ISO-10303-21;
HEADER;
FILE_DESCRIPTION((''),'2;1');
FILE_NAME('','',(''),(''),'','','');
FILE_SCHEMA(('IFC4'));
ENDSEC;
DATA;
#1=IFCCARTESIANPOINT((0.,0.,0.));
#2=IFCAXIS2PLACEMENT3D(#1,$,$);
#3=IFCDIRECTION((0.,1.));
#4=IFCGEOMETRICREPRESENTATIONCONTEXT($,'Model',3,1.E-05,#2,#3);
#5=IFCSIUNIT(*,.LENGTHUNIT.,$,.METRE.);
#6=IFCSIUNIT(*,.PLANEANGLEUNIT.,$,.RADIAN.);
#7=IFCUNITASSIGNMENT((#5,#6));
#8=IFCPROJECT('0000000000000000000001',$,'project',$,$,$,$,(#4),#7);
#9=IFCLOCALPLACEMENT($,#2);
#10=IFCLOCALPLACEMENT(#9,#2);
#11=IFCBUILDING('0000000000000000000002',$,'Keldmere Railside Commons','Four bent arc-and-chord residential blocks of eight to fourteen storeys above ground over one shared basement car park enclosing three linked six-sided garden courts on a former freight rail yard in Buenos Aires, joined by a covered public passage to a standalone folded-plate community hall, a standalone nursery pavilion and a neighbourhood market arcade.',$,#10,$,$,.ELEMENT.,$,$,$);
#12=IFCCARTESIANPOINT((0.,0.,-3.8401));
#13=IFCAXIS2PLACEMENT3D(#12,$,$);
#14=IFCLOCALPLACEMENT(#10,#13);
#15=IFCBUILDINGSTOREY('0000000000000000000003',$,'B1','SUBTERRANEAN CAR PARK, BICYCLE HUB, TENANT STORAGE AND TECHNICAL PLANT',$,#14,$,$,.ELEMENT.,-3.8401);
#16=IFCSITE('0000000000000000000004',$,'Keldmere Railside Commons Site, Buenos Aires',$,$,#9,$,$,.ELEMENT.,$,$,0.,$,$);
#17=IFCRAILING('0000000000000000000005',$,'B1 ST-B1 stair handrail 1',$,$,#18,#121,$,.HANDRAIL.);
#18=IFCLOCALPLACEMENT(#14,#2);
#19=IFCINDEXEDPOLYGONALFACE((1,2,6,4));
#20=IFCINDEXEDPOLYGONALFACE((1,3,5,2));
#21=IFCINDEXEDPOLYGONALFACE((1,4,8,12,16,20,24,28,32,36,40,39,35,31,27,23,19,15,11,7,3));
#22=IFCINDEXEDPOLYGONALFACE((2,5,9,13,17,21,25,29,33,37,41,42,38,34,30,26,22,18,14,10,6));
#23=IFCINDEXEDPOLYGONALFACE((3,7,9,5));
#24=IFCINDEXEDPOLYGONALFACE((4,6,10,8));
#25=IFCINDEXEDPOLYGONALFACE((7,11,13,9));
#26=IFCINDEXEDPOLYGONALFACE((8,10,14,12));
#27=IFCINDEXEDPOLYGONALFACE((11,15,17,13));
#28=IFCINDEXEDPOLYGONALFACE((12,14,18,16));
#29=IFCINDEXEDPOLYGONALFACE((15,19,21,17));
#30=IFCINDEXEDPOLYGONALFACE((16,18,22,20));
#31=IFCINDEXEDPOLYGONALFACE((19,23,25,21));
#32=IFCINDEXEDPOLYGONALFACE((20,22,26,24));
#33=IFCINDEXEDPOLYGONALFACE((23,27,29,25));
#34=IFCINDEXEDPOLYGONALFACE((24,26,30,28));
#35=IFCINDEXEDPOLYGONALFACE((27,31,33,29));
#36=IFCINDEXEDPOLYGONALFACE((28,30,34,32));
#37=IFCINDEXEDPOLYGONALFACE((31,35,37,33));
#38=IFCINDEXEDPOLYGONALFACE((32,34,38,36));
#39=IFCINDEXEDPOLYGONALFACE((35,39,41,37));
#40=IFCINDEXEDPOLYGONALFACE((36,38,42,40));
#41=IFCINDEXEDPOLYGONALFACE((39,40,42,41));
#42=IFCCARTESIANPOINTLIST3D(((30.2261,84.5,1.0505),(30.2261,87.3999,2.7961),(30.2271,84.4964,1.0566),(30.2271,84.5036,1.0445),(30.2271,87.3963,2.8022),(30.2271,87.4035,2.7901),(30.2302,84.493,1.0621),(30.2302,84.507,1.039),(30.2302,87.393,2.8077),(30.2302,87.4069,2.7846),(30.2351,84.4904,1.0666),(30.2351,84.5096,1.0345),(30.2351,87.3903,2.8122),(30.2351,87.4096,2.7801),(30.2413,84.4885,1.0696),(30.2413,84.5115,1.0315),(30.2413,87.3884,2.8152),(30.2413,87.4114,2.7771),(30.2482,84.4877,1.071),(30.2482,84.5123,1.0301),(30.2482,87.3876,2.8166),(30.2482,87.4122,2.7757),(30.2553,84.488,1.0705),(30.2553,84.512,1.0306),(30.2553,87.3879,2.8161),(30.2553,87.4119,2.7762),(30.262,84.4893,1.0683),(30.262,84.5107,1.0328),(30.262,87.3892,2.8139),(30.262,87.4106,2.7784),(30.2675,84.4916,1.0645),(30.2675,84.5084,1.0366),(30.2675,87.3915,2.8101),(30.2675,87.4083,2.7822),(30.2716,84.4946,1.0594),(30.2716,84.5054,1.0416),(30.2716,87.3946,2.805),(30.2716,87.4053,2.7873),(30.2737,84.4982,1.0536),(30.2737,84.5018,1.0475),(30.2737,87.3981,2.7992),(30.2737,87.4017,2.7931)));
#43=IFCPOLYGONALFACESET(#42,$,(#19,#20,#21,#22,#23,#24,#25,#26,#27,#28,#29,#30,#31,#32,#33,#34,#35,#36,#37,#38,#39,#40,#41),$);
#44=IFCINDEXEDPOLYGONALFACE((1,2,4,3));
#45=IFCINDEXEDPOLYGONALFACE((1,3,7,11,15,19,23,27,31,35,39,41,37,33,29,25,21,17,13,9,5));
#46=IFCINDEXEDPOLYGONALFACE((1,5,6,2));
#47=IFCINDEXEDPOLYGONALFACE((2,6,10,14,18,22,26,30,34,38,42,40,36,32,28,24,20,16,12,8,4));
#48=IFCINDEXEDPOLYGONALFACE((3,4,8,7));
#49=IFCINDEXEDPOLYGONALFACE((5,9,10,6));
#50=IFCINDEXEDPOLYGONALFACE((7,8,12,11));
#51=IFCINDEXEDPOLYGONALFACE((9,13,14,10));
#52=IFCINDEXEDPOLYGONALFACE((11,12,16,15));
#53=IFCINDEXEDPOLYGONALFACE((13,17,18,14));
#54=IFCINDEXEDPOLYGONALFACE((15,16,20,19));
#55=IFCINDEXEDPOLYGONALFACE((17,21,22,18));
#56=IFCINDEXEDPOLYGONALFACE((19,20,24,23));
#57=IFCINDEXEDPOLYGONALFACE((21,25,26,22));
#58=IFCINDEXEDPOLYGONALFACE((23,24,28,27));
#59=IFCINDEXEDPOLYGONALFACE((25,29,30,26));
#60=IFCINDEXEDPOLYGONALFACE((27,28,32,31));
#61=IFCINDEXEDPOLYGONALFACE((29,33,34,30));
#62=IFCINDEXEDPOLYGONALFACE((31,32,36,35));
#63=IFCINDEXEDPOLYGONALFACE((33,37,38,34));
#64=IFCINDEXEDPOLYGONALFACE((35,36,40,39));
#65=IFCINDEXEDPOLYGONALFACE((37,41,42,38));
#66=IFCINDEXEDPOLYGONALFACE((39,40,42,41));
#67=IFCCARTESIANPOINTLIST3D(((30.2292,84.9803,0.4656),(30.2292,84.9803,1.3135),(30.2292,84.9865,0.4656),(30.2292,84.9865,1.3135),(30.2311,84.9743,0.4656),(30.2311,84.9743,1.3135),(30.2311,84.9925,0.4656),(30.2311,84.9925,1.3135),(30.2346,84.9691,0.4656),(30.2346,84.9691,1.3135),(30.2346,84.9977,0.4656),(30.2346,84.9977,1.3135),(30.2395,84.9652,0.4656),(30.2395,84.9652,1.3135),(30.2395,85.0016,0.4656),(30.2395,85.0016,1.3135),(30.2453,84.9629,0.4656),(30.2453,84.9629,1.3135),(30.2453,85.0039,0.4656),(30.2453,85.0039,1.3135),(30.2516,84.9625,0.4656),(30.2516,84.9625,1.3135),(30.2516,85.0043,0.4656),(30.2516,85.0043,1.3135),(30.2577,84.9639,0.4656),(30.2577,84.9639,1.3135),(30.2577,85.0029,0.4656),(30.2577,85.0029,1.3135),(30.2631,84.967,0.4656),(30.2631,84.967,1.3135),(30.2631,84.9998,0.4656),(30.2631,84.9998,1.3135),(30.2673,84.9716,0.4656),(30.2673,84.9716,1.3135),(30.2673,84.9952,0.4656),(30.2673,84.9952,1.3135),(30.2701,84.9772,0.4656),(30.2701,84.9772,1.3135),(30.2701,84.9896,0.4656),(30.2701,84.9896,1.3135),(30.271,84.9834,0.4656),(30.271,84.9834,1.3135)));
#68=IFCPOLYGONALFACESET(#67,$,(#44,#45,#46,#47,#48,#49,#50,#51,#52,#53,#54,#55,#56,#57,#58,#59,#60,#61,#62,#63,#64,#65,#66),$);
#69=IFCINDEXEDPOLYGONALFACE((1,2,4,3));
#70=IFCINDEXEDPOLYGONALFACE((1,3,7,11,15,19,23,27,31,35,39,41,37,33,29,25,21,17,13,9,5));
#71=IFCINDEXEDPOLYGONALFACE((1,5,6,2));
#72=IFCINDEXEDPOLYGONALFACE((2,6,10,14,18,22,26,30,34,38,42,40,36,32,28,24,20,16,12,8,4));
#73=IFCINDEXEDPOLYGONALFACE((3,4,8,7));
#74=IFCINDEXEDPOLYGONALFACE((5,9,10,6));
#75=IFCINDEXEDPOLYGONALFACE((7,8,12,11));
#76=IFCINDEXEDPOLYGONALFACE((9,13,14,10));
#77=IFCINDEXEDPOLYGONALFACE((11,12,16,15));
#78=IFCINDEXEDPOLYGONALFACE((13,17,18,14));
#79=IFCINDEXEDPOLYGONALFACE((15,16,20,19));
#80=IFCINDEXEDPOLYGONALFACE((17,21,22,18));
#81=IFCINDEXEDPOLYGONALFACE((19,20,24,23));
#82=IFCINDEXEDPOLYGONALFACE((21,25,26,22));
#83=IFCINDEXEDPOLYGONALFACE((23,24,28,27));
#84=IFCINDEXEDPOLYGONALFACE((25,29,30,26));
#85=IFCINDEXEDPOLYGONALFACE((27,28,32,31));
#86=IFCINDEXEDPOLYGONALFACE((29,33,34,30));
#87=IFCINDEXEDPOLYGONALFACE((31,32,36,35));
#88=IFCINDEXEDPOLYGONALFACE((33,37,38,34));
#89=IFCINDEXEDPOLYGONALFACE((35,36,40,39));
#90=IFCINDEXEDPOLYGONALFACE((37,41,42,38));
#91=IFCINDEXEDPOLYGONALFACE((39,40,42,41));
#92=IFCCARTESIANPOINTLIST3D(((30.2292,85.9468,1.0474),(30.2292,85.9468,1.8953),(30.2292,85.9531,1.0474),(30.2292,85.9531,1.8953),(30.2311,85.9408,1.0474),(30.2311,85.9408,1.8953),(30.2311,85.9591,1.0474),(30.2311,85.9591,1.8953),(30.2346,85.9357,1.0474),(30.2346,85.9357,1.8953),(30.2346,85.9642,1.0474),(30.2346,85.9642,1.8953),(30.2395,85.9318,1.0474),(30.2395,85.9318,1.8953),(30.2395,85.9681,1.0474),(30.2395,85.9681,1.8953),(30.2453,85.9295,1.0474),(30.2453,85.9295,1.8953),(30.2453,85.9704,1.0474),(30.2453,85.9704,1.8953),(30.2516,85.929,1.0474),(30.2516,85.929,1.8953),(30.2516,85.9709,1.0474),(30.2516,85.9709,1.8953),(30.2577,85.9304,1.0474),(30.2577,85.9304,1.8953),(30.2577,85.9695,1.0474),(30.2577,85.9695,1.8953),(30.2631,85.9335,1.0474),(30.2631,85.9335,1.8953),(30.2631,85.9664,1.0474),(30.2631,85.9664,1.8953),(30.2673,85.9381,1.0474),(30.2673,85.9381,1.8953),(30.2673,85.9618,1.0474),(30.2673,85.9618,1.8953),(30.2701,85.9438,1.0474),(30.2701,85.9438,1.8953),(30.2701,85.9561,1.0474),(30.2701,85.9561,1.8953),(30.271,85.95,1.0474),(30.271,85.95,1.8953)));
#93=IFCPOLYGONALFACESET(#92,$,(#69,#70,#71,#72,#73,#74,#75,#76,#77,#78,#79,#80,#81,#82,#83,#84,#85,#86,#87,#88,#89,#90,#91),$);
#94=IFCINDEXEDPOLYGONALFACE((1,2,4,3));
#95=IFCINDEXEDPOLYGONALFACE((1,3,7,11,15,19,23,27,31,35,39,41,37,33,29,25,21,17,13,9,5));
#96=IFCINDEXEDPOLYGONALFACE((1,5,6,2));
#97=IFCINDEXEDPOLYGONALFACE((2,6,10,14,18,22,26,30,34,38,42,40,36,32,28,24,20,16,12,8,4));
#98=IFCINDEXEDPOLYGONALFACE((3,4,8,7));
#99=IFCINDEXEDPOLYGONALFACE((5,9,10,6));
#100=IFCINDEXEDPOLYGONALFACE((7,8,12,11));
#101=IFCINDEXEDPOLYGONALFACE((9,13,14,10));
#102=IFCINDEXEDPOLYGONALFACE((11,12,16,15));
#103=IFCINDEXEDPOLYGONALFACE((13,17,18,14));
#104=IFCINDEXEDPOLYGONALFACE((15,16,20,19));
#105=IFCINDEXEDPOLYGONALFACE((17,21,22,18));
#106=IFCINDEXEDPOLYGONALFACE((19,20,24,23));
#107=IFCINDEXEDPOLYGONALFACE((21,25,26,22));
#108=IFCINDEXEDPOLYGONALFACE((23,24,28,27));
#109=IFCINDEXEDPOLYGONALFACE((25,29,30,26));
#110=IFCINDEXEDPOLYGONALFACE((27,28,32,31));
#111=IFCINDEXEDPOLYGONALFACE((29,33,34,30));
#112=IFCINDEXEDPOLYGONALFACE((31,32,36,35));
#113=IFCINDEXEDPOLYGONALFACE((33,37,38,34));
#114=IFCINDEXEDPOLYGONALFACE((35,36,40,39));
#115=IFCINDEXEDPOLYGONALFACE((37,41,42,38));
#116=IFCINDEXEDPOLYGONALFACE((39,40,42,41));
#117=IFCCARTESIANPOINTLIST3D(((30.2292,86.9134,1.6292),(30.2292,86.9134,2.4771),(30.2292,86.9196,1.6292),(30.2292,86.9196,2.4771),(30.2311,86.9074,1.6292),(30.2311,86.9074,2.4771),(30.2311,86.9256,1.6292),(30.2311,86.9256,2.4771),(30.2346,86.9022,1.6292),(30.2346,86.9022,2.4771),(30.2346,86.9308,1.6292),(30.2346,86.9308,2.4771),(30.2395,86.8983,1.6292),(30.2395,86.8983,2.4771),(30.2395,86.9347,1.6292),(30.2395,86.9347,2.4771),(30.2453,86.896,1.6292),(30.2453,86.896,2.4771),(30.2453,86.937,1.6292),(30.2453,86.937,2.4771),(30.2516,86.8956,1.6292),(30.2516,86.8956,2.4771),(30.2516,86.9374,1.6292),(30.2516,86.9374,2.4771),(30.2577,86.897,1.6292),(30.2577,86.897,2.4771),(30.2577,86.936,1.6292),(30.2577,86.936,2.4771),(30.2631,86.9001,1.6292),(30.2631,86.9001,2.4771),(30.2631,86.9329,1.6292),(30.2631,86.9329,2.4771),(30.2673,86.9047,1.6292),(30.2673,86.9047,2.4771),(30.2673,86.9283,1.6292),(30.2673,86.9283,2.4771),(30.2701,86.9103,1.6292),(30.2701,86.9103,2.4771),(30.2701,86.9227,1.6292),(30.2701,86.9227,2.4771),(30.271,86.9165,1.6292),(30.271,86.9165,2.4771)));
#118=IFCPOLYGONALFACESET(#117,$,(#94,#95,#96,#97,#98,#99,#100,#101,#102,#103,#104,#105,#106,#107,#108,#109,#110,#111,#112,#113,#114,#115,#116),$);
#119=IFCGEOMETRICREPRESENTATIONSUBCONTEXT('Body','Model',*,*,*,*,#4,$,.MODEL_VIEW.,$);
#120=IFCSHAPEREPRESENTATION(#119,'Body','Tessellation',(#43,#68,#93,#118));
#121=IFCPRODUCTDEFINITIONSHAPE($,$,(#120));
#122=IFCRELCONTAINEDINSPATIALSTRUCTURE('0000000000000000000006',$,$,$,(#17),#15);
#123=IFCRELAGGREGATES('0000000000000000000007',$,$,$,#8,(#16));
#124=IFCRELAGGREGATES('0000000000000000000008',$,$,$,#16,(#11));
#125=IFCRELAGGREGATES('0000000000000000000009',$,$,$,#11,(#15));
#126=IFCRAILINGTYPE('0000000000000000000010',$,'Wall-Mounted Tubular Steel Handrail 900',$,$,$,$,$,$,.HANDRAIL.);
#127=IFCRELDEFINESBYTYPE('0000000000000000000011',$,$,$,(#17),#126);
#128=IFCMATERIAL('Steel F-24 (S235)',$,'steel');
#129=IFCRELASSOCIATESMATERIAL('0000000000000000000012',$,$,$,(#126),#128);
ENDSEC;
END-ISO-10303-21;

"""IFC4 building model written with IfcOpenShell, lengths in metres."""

from ifc_helpers import new_model, si_unit, direction, frame, origin, origin_2d, place, context, subcontext, project, spatial, circle, extrude, material, type_object, element, save


model = new_model("IFC4")

# Units and contexts
model_context = context("Model", 3, precision=1e-05, world=origin(), true_north=direction((0.0, 1.0)))
body_context = subcontext(model_context, "Body", "Model", "MODEL_VIEW")
ifc_project = project(units=[si_unit("LENGTHUNIT", "METRE"), si_unit("PLANEANGLEUNIT", "RADIAN")], contexts=[model_context])

# Site, building, storey
site_placement = place(None, origin())
site = spatial("IfcSite", under=ifc_project, at=site_placement, Name="Keldmere Railside Commons Site, Buenos Aires", CompositionType="ELEMENT", RefElevation=0.0)
building_placement = place(site_placement, origin())
building = spatial("IfcBuilding", under=site, at=building_placement, Name="Keldmere Railside Commons", Description="Four bent arc-and-chord residential blocks of eight to fourteen storeys above ground over one shared basement car park enclosing three linked six-sided garden courts on a former freight rail yard in Buenos Aires, joined by a covered public passage to a standalone folded-plate community hall, a standalone nursery pavilion and a neighbourhood market arcade.", CompositionType="ELEMENT")
storey_placement = place(building_placement, frame((0.0, 0.0, -3.8401)))
storey = spatial("IfcBuildingStorey", under=building, at=storey_placement, Name="B1", Description="SUBTERRANEAN CAR PARK, BICYCLE HUB, TENANT STORAGE AND TECHNICAL PLANT", CompositionType="ELEMENT", Elevation=-3.8401)

# Railing
ifc_material_1 = material(Name="Steel F-24 (S235)", Category="steel")
railing_type_1 = type_object("IfcRailingType", Name="Wall-Mounted Tubular Steel Handrail 900", PredefinedType="HANDRAIL", material=ifc_material_1)
railing_1_placement = place(storey_placement, frame((30.25, 84.5, 0.1746)))
element("IfcRailing", 1, at=railing_1_placement, inside=storey, type_object=railing_type_1, Name="B1 ST-B1 stair handrail 1", PredefinedType="HANDRAIL", context=body_context, shape_type="SweptSolid", body=[
    extrude(circle(Radius=0.0239, at=origin_2d()), frame((0.0, 0.0, 0.876), z_axis=(0.0, 0.856754, 0.515726), x_axis=(-1.0, 0.0, 0.0)), (0.0, 0.0, 1.0), 3.3848),
    extrude(circle(Radius=0.021, at=origin_2d()), frame((0.0, 0.4834, 0.291)), (0.0, 0.0, 1.0), 0.8479),
    extrude(circle(Radius=0.021, at=origin_2d()), frame((0.0, 1.45, 0.8728)), (0.0, 0.0, 1.0), 0.8479),
    extrude(circle(Radius=0.021, at=origin_2d()), frame((0.0, 2.4165, 1.4546)), (0.0, 0.0, 1.0), 0.8479),
])

save(model, "model.ifc")
